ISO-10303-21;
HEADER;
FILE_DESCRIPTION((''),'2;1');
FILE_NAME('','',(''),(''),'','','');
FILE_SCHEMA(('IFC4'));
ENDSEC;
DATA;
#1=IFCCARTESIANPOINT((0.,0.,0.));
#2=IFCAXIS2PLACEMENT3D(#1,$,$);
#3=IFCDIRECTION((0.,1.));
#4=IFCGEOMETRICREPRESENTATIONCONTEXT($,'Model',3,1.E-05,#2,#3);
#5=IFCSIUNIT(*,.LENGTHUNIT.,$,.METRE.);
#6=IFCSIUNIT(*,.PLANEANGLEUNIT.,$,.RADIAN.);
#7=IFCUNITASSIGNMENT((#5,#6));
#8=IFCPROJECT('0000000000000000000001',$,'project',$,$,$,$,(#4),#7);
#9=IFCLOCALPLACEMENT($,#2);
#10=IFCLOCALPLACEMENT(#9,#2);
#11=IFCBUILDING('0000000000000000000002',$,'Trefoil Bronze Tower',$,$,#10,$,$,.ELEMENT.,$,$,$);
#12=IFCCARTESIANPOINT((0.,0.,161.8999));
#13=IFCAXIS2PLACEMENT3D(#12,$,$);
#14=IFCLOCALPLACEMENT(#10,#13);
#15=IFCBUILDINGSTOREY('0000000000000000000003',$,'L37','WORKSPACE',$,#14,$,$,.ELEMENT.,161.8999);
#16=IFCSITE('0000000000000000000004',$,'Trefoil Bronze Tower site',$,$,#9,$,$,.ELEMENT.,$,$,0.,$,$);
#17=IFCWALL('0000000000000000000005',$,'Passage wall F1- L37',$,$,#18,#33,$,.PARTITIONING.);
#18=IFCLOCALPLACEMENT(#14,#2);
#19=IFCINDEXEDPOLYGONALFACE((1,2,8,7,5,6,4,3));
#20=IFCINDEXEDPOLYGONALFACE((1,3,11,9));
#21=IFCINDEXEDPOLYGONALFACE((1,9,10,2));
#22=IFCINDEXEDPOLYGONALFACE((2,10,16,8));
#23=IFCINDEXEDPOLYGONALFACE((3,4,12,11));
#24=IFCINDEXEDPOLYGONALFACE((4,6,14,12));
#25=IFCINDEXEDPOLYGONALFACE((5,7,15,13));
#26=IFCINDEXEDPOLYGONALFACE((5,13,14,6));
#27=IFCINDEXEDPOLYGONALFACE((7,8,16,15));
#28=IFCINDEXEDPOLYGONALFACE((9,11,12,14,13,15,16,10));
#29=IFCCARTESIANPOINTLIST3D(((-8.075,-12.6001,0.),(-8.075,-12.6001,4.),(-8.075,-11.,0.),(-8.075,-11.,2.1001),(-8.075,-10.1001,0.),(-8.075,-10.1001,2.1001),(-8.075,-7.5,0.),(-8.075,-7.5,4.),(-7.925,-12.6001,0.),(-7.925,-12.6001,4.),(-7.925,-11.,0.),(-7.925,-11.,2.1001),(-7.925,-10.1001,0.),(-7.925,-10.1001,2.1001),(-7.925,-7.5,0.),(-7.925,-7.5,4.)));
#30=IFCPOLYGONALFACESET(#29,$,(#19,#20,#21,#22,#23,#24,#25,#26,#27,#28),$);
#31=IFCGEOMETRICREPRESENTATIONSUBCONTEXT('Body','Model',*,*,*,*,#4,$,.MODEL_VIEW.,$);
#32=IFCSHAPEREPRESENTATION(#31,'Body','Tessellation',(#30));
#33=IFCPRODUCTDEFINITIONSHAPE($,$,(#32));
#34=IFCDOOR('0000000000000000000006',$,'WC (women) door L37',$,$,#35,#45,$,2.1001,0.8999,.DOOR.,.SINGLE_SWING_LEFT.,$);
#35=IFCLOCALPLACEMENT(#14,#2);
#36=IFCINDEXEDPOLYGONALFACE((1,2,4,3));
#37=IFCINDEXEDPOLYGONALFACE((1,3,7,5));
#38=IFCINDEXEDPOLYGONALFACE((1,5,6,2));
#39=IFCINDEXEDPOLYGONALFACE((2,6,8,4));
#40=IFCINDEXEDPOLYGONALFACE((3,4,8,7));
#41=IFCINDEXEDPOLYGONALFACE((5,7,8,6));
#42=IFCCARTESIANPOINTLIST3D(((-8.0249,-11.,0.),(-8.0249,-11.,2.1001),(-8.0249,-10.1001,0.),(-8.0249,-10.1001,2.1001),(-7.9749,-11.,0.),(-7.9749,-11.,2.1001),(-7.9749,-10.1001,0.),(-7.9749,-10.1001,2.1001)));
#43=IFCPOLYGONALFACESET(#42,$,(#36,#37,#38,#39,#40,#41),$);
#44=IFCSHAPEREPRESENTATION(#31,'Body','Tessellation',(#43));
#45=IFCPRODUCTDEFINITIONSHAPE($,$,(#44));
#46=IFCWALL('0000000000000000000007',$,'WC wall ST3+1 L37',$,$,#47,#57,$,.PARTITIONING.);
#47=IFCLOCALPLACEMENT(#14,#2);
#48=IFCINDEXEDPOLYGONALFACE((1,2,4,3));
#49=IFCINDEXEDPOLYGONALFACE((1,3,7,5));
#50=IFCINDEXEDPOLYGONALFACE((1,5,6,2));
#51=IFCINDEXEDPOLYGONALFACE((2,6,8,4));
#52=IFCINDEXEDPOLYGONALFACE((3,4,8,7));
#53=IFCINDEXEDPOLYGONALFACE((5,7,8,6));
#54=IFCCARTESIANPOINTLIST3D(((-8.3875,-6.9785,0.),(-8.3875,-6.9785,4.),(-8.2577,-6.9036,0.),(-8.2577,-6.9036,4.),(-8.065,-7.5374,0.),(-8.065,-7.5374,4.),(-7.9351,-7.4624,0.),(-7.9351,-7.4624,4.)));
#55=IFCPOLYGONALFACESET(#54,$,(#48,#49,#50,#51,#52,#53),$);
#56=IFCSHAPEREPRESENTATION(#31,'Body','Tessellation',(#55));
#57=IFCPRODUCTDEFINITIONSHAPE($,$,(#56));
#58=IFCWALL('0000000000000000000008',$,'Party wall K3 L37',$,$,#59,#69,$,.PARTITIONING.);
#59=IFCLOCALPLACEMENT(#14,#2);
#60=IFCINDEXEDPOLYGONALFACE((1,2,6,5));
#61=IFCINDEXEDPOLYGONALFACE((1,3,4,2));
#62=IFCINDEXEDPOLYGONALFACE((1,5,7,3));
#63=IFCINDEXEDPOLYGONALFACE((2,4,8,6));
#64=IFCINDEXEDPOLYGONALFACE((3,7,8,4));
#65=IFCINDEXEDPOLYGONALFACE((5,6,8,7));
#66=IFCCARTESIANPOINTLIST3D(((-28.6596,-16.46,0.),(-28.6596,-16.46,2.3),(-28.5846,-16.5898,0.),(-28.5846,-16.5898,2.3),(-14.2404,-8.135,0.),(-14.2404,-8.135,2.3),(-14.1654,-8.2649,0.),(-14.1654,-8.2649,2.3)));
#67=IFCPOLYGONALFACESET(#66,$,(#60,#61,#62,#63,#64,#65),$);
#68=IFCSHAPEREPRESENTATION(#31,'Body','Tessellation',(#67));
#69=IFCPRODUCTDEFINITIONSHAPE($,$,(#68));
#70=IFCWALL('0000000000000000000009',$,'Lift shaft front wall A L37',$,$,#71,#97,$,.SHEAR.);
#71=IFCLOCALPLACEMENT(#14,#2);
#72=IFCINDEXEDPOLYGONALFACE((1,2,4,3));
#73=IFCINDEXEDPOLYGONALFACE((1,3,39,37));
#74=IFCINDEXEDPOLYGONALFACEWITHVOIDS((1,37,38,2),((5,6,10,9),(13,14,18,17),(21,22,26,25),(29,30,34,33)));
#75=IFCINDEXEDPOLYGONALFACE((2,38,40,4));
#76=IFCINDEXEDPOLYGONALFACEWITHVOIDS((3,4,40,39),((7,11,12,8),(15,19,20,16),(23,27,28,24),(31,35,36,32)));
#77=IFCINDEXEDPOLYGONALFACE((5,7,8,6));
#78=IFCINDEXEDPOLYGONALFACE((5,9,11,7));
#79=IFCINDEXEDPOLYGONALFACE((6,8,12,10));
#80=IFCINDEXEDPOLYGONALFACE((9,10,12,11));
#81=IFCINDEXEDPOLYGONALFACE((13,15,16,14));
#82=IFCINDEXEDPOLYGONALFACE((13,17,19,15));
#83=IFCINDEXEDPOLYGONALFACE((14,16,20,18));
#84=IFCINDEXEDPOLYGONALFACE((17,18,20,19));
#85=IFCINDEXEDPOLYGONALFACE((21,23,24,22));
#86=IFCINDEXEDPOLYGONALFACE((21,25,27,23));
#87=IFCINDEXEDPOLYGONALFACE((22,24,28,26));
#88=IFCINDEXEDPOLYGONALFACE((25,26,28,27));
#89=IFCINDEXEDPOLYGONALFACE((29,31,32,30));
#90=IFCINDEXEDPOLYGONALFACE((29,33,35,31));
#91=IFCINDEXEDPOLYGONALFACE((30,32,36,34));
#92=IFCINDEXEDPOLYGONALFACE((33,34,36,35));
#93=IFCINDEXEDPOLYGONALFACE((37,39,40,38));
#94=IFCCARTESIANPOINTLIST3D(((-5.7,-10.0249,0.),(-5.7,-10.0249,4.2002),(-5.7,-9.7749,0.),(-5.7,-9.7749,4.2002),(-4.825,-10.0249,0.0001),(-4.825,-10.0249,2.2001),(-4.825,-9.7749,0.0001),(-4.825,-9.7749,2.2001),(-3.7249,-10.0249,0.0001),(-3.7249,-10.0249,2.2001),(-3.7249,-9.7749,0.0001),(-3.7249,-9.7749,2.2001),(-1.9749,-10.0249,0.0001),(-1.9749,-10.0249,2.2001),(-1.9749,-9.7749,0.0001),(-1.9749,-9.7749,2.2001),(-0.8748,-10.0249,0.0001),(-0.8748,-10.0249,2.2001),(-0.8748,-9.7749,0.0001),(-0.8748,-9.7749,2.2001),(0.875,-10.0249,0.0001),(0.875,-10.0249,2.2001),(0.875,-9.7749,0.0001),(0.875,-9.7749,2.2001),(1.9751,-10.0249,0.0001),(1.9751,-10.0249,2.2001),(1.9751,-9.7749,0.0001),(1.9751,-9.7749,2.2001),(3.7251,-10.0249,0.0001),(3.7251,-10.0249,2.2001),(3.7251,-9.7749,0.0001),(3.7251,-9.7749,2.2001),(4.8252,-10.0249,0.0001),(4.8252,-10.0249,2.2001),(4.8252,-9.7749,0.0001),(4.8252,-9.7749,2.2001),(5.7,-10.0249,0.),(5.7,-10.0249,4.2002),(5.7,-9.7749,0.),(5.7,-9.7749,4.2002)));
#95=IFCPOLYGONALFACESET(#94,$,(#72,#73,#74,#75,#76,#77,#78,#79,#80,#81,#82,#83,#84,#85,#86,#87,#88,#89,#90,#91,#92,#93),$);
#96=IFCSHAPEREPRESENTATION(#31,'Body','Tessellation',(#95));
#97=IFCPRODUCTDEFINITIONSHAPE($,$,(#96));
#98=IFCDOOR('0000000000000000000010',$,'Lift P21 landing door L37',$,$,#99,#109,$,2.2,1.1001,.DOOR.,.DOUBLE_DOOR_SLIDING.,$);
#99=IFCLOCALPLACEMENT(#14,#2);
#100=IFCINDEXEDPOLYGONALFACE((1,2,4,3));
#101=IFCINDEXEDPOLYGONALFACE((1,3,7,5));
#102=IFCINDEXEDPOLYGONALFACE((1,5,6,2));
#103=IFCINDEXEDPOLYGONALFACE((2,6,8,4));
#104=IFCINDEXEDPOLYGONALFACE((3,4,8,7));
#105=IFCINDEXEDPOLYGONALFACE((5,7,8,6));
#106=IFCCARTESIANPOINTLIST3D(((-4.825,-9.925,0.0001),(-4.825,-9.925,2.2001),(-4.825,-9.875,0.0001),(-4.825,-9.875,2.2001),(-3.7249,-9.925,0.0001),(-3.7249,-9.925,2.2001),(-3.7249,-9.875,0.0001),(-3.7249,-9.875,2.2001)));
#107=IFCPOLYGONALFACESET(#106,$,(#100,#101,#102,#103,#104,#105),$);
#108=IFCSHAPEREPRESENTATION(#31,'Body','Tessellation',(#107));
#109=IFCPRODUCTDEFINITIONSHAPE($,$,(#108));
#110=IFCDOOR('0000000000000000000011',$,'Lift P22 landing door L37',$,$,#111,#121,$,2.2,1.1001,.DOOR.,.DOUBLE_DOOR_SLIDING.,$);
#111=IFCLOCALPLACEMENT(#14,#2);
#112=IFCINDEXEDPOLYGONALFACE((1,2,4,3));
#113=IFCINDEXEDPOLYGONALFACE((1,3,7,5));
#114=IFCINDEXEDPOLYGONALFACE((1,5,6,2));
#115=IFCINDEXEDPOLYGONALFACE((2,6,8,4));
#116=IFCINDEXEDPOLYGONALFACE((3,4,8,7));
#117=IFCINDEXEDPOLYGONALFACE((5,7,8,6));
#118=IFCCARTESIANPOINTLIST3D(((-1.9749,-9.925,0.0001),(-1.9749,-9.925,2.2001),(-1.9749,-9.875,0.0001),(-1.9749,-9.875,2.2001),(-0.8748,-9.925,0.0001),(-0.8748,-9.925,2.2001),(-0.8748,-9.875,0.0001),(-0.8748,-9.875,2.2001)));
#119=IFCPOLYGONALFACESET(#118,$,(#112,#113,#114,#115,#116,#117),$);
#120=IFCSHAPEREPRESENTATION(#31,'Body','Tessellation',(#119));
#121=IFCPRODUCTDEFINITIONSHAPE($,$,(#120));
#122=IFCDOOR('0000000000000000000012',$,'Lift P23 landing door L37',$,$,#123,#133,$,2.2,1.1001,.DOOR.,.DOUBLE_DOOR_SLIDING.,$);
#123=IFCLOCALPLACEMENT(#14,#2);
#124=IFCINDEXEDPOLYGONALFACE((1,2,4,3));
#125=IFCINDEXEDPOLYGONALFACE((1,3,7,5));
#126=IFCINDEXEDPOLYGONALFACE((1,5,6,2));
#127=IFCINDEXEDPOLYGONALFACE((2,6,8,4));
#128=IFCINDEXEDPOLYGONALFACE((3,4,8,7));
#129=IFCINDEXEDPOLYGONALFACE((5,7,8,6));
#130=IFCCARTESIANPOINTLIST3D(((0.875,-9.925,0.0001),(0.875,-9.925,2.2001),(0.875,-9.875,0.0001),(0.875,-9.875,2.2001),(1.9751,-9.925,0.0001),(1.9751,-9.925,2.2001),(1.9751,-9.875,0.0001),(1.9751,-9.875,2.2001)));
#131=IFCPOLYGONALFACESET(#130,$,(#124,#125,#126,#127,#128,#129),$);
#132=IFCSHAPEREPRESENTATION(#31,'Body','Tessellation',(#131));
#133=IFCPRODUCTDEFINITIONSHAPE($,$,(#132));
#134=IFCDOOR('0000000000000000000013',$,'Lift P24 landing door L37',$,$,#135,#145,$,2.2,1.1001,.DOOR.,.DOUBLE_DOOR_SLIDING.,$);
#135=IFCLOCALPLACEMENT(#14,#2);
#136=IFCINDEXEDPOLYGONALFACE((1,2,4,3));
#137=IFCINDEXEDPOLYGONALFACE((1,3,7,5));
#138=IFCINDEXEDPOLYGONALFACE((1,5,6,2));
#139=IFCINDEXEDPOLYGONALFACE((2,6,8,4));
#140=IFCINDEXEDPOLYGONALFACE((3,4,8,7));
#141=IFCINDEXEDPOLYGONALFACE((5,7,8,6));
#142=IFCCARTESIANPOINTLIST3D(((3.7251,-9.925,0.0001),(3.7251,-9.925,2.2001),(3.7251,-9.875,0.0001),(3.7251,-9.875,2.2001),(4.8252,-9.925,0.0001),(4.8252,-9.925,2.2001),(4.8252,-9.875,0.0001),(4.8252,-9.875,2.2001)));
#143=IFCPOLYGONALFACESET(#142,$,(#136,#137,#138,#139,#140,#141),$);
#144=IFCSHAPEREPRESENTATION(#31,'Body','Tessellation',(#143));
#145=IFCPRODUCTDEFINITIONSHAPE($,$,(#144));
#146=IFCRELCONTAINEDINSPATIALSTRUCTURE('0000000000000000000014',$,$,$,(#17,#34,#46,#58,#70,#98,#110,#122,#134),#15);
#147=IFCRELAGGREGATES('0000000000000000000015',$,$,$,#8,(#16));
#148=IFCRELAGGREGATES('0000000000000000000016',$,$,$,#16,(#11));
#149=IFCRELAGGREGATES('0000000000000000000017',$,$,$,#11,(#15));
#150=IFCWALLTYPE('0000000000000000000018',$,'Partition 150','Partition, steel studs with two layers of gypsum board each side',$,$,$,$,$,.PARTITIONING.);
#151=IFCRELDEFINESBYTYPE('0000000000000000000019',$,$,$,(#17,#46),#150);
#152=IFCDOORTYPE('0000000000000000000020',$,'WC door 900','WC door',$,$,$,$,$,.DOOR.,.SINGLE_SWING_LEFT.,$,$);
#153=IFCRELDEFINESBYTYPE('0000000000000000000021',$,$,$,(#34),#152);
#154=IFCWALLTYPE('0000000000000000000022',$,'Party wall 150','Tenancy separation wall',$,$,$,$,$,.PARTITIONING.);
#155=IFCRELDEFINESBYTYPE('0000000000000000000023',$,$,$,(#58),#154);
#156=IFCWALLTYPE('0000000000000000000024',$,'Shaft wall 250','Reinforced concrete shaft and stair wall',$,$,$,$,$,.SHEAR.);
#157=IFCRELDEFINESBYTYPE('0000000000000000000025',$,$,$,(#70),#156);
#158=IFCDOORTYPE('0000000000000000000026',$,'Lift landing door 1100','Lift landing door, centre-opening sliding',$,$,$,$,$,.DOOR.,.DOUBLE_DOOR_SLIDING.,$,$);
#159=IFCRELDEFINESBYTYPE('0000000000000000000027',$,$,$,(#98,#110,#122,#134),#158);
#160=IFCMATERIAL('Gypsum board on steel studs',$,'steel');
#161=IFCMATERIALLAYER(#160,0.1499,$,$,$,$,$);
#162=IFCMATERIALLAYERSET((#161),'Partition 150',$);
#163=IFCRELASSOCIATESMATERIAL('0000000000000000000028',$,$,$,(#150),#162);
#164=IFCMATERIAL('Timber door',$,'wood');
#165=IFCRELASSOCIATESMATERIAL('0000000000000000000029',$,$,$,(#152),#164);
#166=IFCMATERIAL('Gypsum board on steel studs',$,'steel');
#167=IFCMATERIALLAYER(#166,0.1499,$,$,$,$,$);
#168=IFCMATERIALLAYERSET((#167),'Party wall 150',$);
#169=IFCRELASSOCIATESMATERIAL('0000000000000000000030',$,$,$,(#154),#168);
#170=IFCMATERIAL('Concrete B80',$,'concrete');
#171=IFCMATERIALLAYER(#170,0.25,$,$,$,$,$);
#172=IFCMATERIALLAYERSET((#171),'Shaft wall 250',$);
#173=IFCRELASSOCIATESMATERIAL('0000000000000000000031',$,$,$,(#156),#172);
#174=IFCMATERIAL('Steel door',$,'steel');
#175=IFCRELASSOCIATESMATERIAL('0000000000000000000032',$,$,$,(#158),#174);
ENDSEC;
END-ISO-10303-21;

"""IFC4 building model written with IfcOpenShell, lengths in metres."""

from ifc_helpers import new_model, si_unit, direction, frame, frame_2d, origin, place, context, subcontext, project, spatial, rectangle, extrude, material, layer, layer_set, type_object, element, fill, save


model = new_model("IFC4")

# Units and contexts
model_context = context("Model", 3, precision=1e-05, world=origin(), true_north=direction((0.0, 1.0)))
body_context = subcontext(model_context, "Body", "Model", "MODEL_VIEW")
ifc_project = project(units=[si_unit("LENGTHUNIT", "METRE"), si_unit("PLANEANGLEUNIT", "RADIAN")], contexts=[model_context])

# Site, building, storey
site_placement = place(None, origin())
site = spatial("IfcSite", under=ifc_project, at=site_placement, Name="Trefoil Bronze Tower site", CompositionType="ELEMENT", RefElevation=0.0)
building_placement = place(site_placement, origin())
building = spatial("IfcBuilding", under=site, at=building_placement, Name="Trefoil Bronze Tower", CompositionType="ELEMENT")
storey_placement = place(building_placement, frame((0.0, 0.0, 161.8999)))
storey = spatial("IfcBuildingStorey", under=building, at=storey_placement, Name="L37", Description="WORKSPACE", CompositionType="ELEMENT", Elevation=161.8999)

# Wall, opening, door
ifc_material_1 = material(Name="Gypsum board on steel studs", Category="steel")
ifc_layer_1 = layer(ifc_material_1, 0.1499)
ifc_layer_set_1 = layer_set([ifc_layer_1], Name="Partition 150")
wall_type_1 = type_object("IfcWallType", Name="Partition 150", Description="Partition, steel studs with two layers of gypsum board each side", PredefinedType="PARTITIONING", material=ifc_layer_set_1)
wall_1_placement = place(storey_placement, frame((-8.0, -7.5, 0.0), z_axis=(0.0, 0.0, 1.0), x_axis=(0.0, -1.0, 0.0)))
wall_1 = element("IfcWall", 1, at=wall_1_placement, inside=storey, type_object=wall_type_1, Name="Passage wall F1- L37", PredefinedType="PARTITIONING", context=body_context, shape_type="SweptSolid", body=[
    extrude(rectangle(XDim=5.1001, YDim=0.1499, at=frame_2d((2.55, 0.0))), origin(), (0.0, 0.0, 1.0), 4.0),
])
opening_1_placement = place(wall_1_placement, frame((2.6001, 0.0, 0.0)))
opening_1 = element("IfcOpeningElement", 2, at=opening_1_placement, cuts=wall_1, PredefinedType="OPENING", context=body_context, shape_type="SweptSolid", body=[
    extrude(rectangle(XDim=0.8999, YDim=2.1001, at=frame_2d((0.45, 1.05))), frame((0.0, 0.085, 0.0), z_axis=(0.0, -1.0, 0.0), x_axis=(1.0, 0.0, 0.0)), (0.0, 0.0, 1.0), 0.1699),
])
ifc_material_2 = material(Name="Timber door", Category="wood")
door_type_1 = type_object("IfcDoorType", Name="WC door 900", Description="WC door", OperationType="SINGLE_SWING_LEFT", PredefinedType="DOOR", material=ifc_material_2)
door_1_placement = place(opening_1_placement, frame((0.8999, 0.0, 0.0), z_axis=(0.0, 0.0, 1.0), x_axis=(-1.0, 0.0, 0.0)))
door_1 = element("IfcDoor", 3, at=door_1_placement, inside=storey, type_object=door_type_1, Name="WC (women) door L37", OperationType="SINGLE_SWING_LEFT", OverallHeight=2.1001, OverallWidth=0.8999, PredefinedType="DOOR", context=body_context, shape_type="SweptSolid", body=[
    extrude(rectangle(XDim=0.8999, YDim=2.1001, at=frame_2d((0.45, 1.05))), frame((0.0, 0.0249, 0.0), z_axis=(0.0, -1.0, 0.0), x_axis=(1.0, 0.0, 0.0)), (0.0, 0.0, 1.0), 0.05),
])
fill(opening_1, door_1)

# Walls
wall_2_placement = place(storey_placement, frame((-8.0, -7.5, 0.0), z_axis=(0.0, 0.0, 1.0), x_axis=(-0.499843, 0.866116, 0.0)))
element("IfcWall", 4, at=wall_2_placement, inside=storey, type_object=wall_type_1, Name="WC wall ST3+1 L37", PredefinedType="PARTITIONING", context=body_context, shape_type="SweptSolid", body=[
    extrude(rectangle(XDim=0.6453, YDim=0.1499, at=frame_2d((0.3228, 0.0))), origin(), (0.0, 0.0, 1.0), 4.0),
])
ifc_material_3 = material(Name="Gypsum board on steel studs", Category="steel")
ifc_layer_2 = layer(ifc_material_3, 0.1499)
ifc_layer_set_2 = layer_set([ifc_layer_2], Name="Party wall 150")
wall_type_2 = type_object("IfcWallType", Name="Party wall 150", Description="Tenancy separation wall", PredefinedType="PARTITIONING", material=ifc_layer_set_2)
wall_3_placement = place(storey_placement, frame((-14.2029, -8.2, 0.0), z_axis=(0.0, 0.0, 1.0), x_axis=(-0.866025, -0.500001, 0.0)))
element("IfcWall", 5, at=wall_3_placement, inside=storey, type_object=wall_type_2, Name="Party wall K3 L37", PredefinedType="PARTITIONING", context=body_context, shape_type="SweptSolid", body=[
    extrude(rectangle(XDim=16.6499, YDim=0.1499, at=frame_2d((8.325, 0.0))), origin(), (0.0, 0.0, 1.0), 2.3),
])

# Wall, openings, doors
ifc_material_4 = material(Name="Concrete B80", Category="concrete")
ifc_layer_3 = layer(ifc_material_4, 0.25)
ifc_layer_set_3 = layer_set([ifc_layer_3], Name="Shaft wall 250")
wall_type_3 = type_object("IfcWallType", Name="Shaft wall 250", Description="Reinforced concrete shaft and stair wall", PredefinedType="SHEAR", material=ifc_layer_set_3)
wall_4_placement = place(storey_placement, frame((-5.7, -9.8999, 0.0), z_axis=(0.0, 0.0, 1.0), x_axis=(1.0, 0.0, 0.0)))
wall_4 = element("IfcWall", 6, at=wall_4_placement, inside=storey, type_object=wall_type_3, Name="Lift shaft front wall A L37", PredefinedType="SHEAR", context=body_context, shape_type="SweptSolid", body=[
    extrude(rectangle(XDim=11.3999, YDim=0.25, at=frame_2d((5.7, 0.0))), origin(), (0.0, 0.0, 1.0), 4.2002),
])
opening_2_placement = place(wall_4_placement, frame((0.875, 0.0, 0.0)))
opening_2 = element("IfcOpeningElement", 7, at=opening_2_placement, cuts=wall_4, PredefinedType="OPENING", context=body_context, shape_type="SweptSolid", body=[
    extrude(rectangle(XDim=1.1001, YDim=2.2, at=frame_2d((0.55, 1.1001))), frame((0.0, 0.135, 0.0), z_axis=(0.0, -1.0, 0.0), x_axis=(1.0, 0.0, 0.0)), (0.0, 0.0, 1.0), 0.27),
])
opening_3_placement = place(wall_4_placement, frame((3.7251, 0.0, 0.0)))
opening_3 = element("IfcOpeningElement", 8, at=opening_3_placement, cuts=wall_4, PredefinedType="OPENING", context=body_context, shape_type="SweptSolid", body=[
    extrude(rectangle(XDim=1.1001, YDim=2.2, at=frame_2d((0.55, 1.1001))), frame((0.0, 0.135, 0.0), z_axis=(0.0, -1.0, 0.0), x_axis=(1.0, 0.0, 0.0)), (0.0, 0.0, 1.0), 0.27),
])
opening_4_placement = place(wall_4_placement, frame((6.575, 0.0, 0.0)))
opening_4 = element("IfcOpeningElement", 9, at=opening_4_placement, cuts=wall_4, PredefinedType="OPENING", context=body_context, shape_type="SweptSolid", body=[
    extrude(rectangle(XDim=1.1001, YDim=2.2, at=frame_2d((0.55, 1.1001))), frame((0.0, 0.135, 0.0), z_axis=(0.0, -1.0, 0.0), x_axis=(1.0, 0.0, 0.0)), (0.0, 0.0, 1.0), 0.27),
])
opening_5_placement = place(wall_4_placement, frame((9.425, 0.0, 0.0)))
opening_5 = element("IfcOpeningElement", 10, at=opening_5_placement, cuts=wall_4, PredefinedType="OPENING", context=body_context, shape_type="SweptSolid", body=[
    extrude(rectangle(XDim=1.1001, YDim=2.2, at=frame_2d((0.55, 1.1001))), frame((0.0, 0.135, 0.0), z_axis=(0.0, -1.0, 0.0), x_axis=(1.0, 0.0, 0.0)), (0.0, 0.0, 1.0), 0.27),
])
ifc_material_5 = material(Name="Steel door", Category="steel")
door_type_2 = type_object("IfcDoorType", Name="Lift landing door 1100", Description="Lift landing door, centre-opening sliding", OperationType="DOUBLE_DOOR_SLIDING", PredefinedType="DOOR", material=ifc_material_5)
door_2_placement = place(opening_2_placement, origin())
door_2 = element("IfcDoor", 11, at=door_2_placement, inside=storey, type_object=door_type_2, Name="Lift P21 landing door L37", OperationType="DOUBLE_DOOR_SLIDING", OverallHeight=2.2, OverallWidth=1.1001, PredefinedType="DOOR", context=body_context, shape_type="SweptSolid", body=[
    extrude(rectangle(XDim=1.1001, YDim=2.2, at=frame_2d((0.55, 1.1001))), frame((0.0, 0.0249, 0.0), z_axis=(0.0, -1.0, 0.0), x_axis=(1.0, 0.0, 0.0)), (0.0, 0.0, 1.0), 0.05),
])
fill(opening_2, door_2)
door_3_placement = place(opening_3_placement, origin())
door_3 = element("IfcDoor", 12, at=door_3_placement, inside=storey, type_object=door_type_2, Name="Lift P22 landing door L37", OperationType="DOUBLE_DOOR_SLIDING", OverallHeight=2.2, OverallWidth=1.1001, PredefinedType="DOOR", context=body_context, shape_type="SweptSolid", body=[
    extrude(rectangle(XDim=1.1001, YDim=2.2, at=frame_2d((0.55, 1.1001))), frame((0.0, 0.0249, 0.0), z_axis=(0.0, -1.0, 0.0), x_axis=(1.0, 0.0, 0.0)), (0.0, 0.0, 1.0), 0.05),
])
fill(opening_3, door_3)
door_4_placement = place(opening_4_placement, origin())
door_4 = element("IfcDoor", 13, at=door_4_placement, inside=storey, type_object=door_type_2, Name="Lift P23 landing door L37", OperationType="DOUBLE_DOOR_SLIDING", OverallHeight=2.2, OverallWidth=1.1001, PredefinedType="DOOR", context=body_context, shape_type="SweptSolid", body=[
    extrude(rectangle(XDim=1.1001, YDim=2.2, at=frame_2d((0.55, 1.1001))), frame((0.0, 0.0249, 0.0), z_axis=(0.0, -1.0, 0.0), x_axis=(1.0, 0.0, 0.0)), (0.0, 0.0, 1.0), 0.05),
])
fill(opening_4, door_4)
door_5_placement = place(opening_5_placement, origin())
door_5 = element("IfcDoor", 14, at=door_5_placement, inside=storey, type_object=door_type_2, Name="Lift P24 landing door L37", OperationType="DOUBLE_DOOR_SLIDING", OverallHeight=2.2, OverallWidth=1.1001, PredefinedType="DOOR", context=body_context, shape_type="SweptSolid", body=[
    extrude(rectangle(XDim=1.1001, YDim=2.2, at=frame_2d((0.55, 1.1001))), frame((0.0, 0.0249, 0.0), z_axis=(0.0, -1.0, 0.0), x_axis=(1.0, 0.0, 0.0)), (0.0, 0.0, 1.0), 0.05),
])
fill(opening_5, door_5)

save(model, "model.ifc")
